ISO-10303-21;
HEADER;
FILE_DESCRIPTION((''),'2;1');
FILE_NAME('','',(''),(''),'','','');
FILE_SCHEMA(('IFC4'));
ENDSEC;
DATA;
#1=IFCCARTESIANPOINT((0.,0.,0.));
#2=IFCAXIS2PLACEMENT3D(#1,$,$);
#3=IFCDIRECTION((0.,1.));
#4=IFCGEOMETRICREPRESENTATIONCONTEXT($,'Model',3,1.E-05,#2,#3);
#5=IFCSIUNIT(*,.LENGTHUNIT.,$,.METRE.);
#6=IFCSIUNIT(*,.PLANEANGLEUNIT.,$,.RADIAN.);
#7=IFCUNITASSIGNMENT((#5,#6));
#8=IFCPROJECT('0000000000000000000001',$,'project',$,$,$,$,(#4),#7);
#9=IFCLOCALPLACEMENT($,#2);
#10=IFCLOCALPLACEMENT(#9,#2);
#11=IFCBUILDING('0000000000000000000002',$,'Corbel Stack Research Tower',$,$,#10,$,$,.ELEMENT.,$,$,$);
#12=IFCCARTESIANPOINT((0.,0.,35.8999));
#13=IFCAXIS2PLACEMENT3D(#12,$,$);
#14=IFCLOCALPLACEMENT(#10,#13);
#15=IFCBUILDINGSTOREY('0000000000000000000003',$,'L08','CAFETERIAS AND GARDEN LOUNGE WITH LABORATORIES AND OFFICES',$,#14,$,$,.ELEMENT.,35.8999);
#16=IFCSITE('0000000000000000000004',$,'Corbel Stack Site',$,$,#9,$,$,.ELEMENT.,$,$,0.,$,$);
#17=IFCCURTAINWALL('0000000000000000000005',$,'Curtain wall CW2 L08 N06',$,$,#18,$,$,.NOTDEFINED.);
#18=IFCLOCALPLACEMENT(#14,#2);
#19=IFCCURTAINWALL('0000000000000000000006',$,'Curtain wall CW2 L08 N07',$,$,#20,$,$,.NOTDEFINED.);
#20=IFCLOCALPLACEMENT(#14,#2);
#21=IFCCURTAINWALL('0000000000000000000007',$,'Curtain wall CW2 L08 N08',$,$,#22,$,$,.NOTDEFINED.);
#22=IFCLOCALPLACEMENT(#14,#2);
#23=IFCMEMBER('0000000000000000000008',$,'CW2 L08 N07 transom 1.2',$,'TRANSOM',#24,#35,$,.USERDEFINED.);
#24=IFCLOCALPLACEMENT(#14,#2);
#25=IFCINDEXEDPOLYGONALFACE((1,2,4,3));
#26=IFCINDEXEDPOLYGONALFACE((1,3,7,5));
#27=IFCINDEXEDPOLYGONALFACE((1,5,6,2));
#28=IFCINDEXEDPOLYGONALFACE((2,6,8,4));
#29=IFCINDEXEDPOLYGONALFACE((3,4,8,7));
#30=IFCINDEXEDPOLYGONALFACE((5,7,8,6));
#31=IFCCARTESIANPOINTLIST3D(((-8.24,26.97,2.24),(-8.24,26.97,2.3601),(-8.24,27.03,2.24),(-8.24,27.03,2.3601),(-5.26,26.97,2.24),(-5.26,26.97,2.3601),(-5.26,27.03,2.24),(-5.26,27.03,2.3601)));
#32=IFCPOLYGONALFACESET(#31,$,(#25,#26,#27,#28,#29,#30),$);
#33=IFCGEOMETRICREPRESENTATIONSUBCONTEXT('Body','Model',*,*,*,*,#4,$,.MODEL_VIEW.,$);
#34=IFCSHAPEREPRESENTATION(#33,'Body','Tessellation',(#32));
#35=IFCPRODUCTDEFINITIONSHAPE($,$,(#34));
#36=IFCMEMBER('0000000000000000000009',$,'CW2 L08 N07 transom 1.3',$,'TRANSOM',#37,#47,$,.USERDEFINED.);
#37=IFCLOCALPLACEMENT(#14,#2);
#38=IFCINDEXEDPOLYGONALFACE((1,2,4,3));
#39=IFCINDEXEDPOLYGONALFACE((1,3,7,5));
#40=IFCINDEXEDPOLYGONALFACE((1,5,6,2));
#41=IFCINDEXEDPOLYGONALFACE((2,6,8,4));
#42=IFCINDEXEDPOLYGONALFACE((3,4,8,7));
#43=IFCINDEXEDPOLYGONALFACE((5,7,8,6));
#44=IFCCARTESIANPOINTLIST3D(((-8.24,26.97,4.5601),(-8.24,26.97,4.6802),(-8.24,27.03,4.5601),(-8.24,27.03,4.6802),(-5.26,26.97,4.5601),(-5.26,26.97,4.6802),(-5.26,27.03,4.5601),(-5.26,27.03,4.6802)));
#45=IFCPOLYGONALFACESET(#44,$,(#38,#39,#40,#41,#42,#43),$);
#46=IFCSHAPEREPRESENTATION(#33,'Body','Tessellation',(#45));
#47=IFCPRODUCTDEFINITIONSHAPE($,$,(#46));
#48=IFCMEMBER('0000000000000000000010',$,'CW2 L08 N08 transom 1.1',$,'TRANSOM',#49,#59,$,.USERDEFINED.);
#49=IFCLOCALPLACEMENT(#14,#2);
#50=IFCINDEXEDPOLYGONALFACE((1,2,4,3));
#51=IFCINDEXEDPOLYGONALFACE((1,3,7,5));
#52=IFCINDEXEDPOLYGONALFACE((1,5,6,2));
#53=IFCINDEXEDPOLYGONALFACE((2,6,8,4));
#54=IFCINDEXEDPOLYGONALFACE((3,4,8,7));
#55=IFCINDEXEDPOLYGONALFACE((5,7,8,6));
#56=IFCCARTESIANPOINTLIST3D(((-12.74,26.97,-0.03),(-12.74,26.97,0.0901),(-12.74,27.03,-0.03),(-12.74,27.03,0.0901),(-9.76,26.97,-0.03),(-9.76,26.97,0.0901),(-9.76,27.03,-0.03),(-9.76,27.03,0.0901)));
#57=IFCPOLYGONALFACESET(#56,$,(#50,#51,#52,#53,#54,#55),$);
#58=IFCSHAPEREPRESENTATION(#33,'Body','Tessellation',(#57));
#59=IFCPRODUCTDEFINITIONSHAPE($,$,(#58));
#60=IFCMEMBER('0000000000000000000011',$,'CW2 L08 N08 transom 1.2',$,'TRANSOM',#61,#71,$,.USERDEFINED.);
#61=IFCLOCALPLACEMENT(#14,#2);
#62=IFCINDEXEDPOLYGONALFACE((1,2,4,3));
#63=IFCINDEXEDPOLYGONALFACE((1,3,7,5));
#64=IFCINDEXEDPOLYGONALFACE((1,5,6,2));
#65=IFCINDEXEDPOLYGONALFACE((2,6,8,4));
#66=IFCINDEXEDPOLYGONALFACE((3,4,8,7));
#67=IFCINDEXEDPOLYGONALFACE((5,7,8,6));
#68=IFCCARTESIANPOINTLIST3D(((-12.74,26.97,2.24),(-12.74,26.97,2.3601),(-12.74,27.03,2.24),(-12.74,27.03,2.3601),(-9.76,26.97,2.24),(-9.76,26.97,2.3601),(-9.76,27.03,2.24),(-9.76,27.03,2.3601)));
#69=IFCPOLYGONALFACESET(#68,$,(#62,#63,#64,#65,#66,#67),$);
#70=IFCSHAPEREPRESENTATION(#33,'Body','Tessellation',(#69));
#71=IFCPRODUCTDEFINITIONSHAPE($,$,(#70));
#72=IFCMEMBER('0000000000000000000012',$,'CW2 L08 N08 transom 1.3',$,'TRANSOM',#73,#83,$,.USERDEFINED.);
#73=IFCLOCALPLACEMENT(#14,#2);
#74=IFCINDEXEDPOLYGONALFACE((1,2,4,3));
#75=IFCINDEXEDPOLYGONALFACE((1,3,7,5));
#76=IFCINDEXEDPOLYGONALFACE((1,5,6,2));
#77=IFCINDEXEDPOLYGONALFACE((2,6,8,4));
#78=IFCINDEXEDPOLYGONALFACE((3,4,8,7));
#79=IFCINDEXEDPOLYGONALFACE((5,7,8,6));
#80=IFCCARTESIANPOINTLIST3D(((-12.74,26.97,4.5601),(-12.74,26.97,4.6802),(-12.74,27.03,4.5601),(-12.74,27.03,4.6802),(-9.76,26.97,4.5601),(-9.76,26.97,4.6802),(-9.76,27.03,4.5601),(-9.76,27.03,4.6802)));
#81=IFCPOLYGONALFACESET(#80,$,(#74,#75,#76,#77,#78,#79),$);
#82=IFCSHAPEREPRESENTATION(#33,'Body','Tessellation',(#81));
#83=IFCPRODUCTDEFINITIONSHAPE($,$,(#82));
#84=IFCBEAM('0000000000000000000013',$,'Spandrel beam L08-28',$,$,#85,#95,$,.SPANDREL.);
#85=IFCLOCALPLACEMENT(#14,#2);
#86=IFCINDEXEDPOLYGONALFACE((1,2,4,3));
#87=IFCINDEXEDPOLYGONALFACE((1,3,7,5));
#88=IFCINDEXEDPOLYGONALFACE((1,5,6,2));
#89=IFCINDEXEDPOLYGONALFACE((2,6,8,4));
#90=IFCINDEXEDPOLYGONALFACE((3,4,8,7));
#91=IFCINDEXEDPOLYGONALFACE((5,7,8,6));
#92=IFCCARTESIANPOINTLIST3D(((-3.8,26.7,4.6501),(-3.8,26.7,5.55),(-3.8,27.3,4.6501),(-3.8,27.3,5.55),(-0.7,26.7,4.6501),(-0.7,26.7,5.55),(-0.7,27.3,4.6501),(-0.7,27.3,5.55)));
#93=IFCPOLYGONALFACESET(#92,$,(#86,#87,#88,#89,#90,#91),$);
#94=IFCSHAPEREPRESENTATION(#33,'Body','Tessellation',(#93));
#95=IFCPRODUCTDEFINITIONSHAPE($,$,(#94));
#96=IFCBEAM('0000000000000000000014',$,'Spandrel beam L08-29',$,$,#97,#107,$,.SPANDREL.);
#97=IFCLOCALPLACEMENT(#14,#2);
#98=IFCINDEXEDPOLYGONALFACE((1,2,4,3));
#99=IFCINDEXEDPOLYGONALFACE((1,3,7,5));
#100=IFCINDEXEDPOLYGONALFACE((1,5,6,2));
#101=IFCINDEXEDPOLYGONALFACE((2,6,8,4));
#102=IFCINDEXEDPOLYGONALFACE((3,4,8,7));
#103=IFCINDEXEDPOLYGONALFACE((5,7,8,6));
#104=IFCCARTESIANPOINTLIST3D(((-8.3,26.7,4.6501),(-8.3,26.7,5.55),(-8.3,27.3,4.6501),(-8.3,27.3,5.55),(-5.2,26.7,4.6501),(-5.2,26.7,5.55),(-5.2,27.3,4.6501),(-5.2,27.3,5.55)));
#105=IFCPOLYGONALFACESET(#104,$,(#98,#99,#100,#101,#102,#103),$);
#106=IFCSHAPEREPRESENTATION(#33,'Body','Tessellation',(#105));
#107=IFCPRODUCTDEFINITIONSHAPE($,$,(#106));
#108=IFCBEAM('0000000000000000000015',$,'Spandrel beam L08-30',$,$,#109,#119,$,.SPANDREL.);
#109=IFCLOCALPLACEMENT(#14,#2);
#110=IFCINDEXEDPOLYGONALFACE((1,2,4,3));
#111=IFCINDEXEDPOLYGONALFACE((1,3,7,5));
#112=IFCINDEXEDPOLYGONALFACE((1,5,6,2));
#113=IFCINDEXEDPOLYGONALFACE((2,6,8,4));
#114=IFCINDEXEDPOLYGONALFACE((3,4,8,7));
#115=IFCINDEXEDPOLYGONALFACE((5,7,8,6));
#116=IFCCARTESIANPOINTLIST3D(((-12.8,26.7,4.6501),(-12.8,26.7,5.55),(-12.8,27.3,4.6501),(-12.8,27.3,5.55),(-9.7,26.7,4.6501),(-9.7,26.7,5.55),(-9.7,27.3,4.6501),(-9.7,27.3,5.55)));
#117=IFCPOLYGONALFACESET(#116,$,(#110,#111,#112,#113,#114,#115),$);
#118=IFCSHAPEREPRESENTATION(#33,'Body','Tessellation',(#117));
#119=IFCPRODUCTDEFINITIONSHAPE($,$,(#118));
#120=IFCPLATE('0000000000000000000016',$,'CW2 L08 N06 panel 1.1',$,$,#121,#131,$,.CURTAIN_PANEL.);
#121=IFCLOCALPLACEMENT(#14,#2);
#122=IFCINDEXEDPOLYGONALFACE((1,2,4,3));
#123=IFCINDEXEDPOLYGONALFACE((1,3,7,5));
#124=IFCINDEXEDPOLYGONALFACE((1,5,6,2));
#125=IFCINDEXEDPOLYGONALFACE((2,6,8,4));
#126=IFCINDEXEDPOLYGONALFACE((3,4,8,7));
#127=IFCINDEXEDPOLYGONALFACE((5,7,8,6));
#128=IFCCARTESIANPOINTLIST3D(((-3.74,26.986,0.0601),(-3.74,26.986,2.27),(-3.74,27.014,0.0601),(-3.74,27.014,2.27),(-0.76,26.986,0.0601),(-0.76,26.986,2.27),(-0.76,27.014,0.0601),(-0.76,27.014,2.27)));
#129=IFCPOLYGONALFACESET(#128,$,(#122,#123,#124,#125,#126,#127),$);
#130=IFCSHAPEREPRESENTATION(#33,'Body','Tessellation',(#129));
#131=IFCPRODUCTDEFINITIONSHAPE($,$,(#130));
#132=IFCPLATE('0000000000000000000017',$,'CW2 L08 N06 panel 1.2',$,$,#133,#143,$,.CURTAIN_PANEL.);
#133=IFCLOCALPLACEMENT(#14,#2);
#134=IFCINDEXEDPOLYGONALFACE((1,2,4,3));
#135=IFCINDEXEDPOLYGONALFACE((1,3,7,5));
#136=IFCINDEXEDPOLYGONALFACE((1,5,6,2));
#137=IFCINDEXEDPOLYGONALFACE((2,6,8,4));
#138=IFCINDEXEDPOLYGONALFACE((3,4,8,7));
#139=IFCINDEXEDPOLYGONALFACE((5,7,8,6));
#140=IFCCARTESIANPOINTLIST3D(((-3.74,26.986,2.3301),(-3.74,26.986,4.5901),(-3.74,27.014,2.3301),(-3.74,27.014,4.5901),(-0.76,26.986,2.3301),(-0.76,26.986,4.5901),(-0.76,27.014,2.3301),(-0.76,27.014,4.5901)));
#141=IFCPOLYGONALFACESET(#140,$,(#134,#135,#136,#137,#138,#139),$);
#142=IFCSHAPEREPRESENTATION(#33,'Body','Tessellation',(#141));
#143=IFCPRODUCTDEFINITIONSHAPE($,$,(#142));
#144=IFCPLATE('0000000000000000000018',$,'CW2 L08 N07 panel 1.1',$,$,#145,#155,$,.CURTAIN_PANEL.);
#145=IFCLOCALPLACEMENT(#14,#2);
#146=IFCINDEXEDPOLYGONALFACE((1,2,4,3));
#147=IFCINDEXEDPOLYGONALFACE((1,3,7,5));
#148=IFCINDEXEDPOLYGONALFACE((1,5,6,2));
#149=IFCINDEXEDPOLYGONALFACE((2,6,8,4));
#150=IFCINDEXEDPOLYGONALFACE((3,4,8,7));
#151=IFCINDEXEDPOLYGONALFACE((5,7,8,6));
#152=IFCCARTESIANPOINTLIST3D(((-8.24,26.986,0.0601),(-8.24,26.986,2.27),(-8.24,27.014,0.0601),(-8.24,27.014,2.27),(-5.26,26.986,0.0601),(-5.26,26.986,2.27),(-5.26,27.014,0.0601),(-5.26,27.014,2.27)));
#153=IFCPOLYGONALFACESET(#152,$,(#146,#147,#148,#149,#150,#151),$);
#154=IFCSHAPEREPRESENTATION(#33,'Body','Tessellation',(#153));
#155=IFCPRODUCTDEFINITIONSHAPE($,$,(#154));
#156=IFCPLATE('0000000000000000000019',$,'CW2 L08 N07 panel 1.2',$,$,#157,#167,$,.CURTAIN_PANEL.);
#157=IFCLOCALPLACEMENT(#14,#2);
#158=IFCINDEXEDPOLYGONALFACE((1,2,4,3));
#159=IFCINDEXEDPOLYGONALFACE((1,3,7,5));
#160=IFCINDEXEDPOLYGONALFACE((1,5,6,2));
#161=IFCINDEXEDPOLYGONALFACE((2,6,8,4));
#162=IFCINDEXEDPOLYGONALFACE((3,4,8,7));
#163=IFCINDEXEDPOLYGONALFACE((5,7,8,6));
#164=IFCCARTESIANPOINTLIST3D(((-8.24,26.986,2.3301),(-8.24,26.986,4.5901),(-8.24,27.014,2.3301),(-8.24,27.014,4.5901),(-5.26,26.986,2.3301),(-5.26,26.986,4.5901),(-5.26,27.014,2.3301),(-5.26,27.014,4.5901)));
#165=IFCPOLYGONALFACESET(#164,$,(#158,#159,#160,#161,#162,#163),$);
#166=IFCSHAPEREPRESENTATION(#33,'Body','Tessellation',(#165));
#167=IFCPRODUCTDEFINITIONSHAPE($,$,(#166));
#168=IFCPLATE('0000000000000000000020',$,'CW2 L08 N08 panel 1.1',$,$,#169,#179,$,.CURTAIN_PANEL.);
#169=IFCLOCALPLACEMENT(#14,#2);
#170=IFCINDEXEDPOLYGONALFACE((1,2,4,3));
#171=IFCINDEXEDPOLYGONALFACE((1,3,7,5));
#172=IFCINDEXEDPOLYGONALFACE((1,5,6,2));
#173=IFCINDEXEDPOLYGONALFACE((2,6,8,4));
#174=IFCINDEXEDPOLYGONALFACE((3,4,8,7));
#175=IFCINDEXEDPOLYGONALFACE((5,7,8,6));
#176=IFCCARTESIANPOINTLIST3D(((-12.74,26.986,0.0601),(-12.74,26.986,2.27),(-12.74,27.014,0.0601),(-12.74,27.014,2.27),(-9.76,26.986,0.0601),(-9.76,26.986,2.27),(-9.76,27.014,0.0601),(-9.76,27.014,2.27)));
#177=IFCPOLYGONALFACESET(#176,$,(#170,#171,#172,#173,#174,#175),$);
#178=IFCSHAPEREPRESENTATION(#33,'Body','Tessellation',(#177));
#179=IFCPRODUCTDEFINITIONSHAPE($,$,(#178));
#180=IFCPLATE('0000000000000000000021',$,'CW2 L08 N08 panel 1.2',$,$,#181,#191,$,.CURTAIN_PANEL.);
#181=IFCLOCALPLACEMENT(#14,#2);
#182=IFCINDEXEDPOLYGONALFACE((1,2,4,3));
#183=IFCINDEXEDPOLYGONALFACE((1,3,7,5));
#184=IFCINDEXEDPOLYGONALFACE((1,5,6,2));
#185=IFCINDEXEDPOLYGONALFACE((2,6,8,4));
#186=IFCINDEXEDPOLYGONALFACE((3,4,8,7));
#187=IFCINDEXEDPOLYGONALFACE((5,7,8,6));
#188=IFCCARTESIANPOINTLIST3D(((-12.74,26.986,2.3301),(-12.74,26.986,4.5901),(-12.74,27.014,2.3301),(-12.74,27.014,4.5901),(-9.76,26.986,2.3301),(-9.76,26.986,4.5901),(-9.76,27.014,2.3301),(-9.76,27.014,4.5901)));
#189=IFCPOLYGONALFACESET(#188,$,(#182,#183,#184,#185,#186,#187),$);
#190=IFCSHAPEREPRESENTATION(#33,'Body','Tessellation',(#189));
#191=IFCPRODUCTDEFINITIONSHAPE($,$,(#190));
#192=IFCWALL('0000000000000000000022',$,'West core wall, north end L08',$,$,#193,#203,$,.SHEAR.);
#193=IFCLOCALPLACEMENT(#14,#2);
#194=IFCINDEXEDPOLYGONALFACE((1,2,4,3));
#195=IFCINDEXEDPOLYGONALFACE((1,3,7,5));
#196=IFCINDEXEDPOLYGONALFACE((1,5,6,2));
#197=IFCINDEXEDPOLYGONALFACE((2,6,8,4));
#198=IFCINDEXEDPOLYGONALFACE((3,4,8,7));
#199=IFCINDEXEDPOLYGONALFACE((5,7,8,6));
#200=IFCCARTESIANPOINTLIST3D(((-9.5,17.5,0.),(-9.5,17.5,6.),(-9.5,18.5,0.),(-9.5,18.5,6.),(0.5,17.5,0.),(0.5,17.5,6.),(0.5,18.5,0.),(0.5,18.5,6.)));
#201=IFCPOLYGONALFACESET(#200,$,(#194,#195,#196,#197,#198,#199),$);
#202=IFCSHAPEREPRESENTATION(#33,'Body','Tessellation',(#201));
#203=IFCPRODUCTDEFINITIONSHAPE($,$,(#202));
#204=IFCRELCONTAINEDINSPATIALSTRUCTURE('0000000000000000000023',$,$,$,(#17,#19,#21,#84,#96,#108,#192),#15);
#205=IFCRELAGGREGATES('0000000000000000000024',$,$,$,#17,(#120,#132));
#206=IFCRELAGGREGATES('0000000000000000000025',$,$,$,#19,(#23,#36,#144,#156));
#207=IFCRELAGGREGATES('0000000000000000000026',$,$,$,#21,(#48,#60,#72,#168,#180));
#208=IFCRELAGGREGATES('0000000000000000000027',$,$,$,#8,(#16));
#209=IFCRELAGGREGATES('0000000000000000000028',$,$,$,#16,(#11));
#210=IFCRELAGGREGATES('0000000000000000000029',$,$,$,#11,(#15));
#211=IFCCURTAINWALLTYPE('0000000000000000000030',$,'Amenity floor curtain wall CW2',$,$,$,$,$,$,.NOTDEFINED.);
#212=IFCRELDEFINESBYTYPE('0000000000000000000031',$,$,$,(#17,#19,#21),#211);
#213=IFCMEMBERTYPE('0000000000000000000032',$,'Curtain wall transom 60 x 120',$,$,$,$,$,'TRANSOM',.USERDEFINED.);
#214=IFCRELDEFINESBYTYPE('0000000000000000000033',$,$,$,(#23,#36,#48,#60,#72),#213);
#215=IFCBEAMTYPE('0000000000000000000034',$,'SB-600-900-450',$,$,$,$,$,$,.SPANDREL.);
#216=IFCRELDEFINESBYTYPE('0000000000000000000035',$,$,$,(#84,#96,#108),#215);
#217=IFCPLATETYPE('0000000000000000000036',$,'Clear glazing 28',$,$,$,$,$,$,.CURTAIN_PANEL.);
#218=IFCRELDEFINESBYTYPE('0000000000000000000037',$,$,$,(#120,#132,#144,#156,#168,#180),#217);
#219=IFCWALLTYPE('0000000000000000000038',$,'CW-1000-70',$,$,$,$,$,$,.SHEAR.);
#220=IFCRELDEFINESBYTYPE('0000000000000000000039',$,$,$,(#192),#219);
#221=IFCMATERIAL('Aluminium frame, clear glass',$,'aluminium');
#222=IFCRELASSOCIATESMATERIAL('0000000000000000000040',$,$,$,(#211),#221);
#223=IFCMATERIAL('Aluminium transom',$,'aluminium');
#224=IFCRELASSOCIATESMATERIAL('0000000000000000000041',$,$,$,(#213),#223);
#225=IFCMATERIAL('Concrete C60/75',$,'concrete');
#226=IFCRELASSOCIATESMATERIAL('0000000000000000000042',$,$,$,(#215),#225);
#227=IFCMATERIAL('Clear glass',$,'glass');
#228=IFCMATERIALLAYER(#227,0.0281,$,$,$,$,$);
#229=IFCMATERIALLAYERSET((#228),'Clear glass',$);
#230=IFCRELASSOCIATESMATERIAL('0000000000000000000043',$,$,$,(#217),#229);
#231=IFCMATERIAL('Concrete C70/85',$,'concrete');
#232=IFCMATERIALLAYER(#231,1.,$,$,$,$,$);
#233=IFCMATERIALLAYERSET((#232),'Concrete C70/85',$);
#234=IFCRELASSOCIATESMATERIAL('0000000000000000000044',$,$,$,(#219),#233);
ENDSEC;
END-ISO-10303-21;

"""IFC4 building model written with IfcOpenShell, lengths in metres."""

from ifc_helpers import new_model, si_unit, direction, frame, frame_2d, origin, origin_2d, place, context, subcontext, project, spatial, rectangle, extrude, material, layer, layer_set, material_profile, profile_set, type_object, element, aggregate, save


model = new_model("IFC4")

# Units and contexts
model_context = context("Model", 3, precision=1e-05, world=origin(), true_north=direction((0.0, 1.0)))
body_context = subcontext(model_context, "Body", "Model", "MODEL_VIEW")
ifc_project = project(units=[si_unit("LENGTHUNIT", "METRE"), si_unit("PLANEANGLEUNIT", "RADIAN")], contexts=[model_context])

# Site, building, storey
site_placement = place(None, origin())
site = spatial("IfcSite", under=ifc_project, at=site_placement, Name="Corbel Stack Site", CompositionType="ELEMENT", RefElevation=0.0)
building_placement = place(site_placement, origin())
building = spatial("IfcBuilding", under=site, at=building_placement, Name="Corbel Stack Research Tower", CompositionType="ELEMENT")
storey_placement = place(building_placement, frame((0.0, 0.0, 35.8999)))
storey = spatial("IfcBuildingStorey", under=building, at=storey_placement, Name="L08", Description="CAFETERIAS AND GARDEN LOUNGE WITH LABORATORIES AND OFFICES", CompositionType="ELEMENT", Elevation=35.8999)

# Curtain walls
ifc_material_1 = material(Name="Aluminium frame, clear glass", Category="aluminium")
curtain_wall_type = type_object("IfcCurtainWallType", Name="Amenity floor curtain wall CW2", PredefinedType="NOTDEFINED", material=ifc_material_1)
curtain_wall_1_placement = place(storey_placement, origin())
curtain_wall_1 = element("IfcCurtainWall", 1, at=curtain_wall_1_placement, inside=storey, type_object=curtain_wall_type, Name="Curtain wall CW2 L08 N06", PredefinedType="NOTDEFINED")
curtain_wall_2_placement = place(storey_placement, origin())
curtain_wall_2 = element("IfcCurtainWall", 2, at=curtain_wall_2_placement, inside=storey, type_object=curtain_wall_type, Name="Curtain wall CW2 L08 N07", PredefinedType="NOTDEFINED")
curtain_wall_3_placement = place(storey_placement, origin())
curtain_wall_3 = element("IfcCurtainWall", 3, at=curtain_wall_3_placement, inside=storey, type_object=curtain_wall_type, Name="Curtain wall CW2 L08 N08", PredefinedType="NOTDEFINED")

# Members
ifc_material_2 = material(Name="Aluminium transom", Category="aluminium")
ifc_material_profile_1 = material_profile(ifc_material_2, rectangle(XDim=0.0601, YDim=0.1201, at=origin_2d()), Name="Transom 60 x 120")
ifc_profile_set_1 = profile_set([ifc_material_profile_1], Name="Aluminium transom")
member_type_1 = type_object("IfcMemberType", Name="Curtain wall transom 60 x 120", ElementType="TRANSOM", PredefinedType="USERDEFINED", material=ifc_profile_set_1)
member_1_placement = place(storey_placement, frame((-5.26, 27.0, 2.3), z_axis=(-1.0, 0.0, 0.0), x_axis=(0.0, -1.0, 0.0)))
member_1 = element("IfcMember", 4, at=member_1_placement, type_object=member_type_1, Name="CW2 L08 N07 transom 1.2", ObjectType="TRANSOM", PredefinedType="USERDEFINED", context=body_context, shape_type="SweptSolid", body=[
    extrude(rectangle(XDim=0.0601, YDim=0.1201, at=origin_2d()), origin(), (0.0, 0.0, 1.0), 2.98),
])
member_2_placement = place(storey_placement, frame((-5.26, 27.0, 4.6201), z_axis=(-1.0, 0.0, 0.0), x_axis=(0.0, -1.0, 0.0)))
member_2 = element("IfcMember", 5, at=member_2_placement, type_object=member_type_1, Name="CW2 L08 N07 transom 1.3", ObjectType="TRANSOM", PredefinedType="USERDEFINED", context=body_context, shape_type="SweptSolid", body=[
    extrude(rectangle(XDim=0.0601, YDim=0.1201, at=origin_2d()), origin(), (0.0, 0.0, 1.0), 2.98),
])
member_3_placement = place(storey_placement, frame((-9.76, 27.0, 0.03), z_axis=(-1.0, 0.0, 0.0), x_axis=(0.0, -1.0, 0.0)))
member_3 = element("IfcMember", 6, at=member_3_placement, type_object=member_type_1, Name="CW2 L08 N08 transom 1.1", ObjectType="TRANSOM", PredefinedType="USERDEFINED", context=body_context, shape_type="SweptSolid", body=[
    extrude(rectangle(XDim=0.0601, YDim=0.1201, at=origin_2d()), origin(), (0.0, 0.0, 1.0), 2.98),
])
member_4_placement = place(storey_placement, frame((-9.76, 27.0, 2.3), z_axis=(-1.0, 0.0, 0.0), x_axis=(0.0, -1.0, 0.0)))
member_4 = element("IfcMember", 7, at=member_4_placement, type_object=member_type_1, Name="CW2 L08 N08 transom 1.2", ObjectType="TRANSOM", PredefinedType="USERDEFINED", context=body_context, shape_type="SweptSolid", body=[
    extrude(rectangle(XDim=0.0601, YDim=0.1201, at=origin_2d()), origin(), (0.0, 0.0, 1.0), 2.98),
])
member_5_placement = place(storey_placement, frame((-9.76, 27.0, 4.6201), z_axis=(-1.0, 0.0, 0.0), x_axis=(0.0, -1.0, 0.0)))
member_5 = element("IfcMember", 8, at=member_5_placement, type_object=member_type_1, Name="CW2 L08 N08 transom 1.3", ObjectType="TRANSOM", PredefinedType="USERDEFINED", context=body_context, shape_type="SweptSolid", body=[
    extrude(rectangle(XDim=0.0601, YDim=0.1201, at=origin_2d()), origin(), (0.0, 0.0, 1.0), 2.98),
])

# Beams
ifc_material_3 = material(Name="Concrete C60/75", Category="concrete")
ifc_material_profile_2 = material_profile(ifc_material_3, rectangle(XDim=0.6001, YDim=0.8999, at=origin_2d()), Name="RC 600 x 900")
ifc_profile_set_2 = profile_set([ifc_material_profile_2], Name="Concrete C60/75")
beam_type = type_object("IfcBeamType", Name="SB-600-900-450", PredefinedType="SPANDREL", material=ifc_profile_set_2)
for number, where, z_axis, x_axis, name in (
    (9, (-0.7, 27.0, 5.1001), (-1.0, 0.0, 0.0), (0.0, -1.0, 0.0), "Spandrel beam L08-28"),
    (10, (-5.2, 27.0, 5.1001), (-1.0, 0.0, 0.0), (0.0, -1.0, 0.0), "Spandrel beam L08-29"),
    (11, (-9.7, 27.0, 5.1001), (-1.0, 0.0, 0.0), (0.0, -1.0, 0.0), "Spandrel beam L08-30"),
):
    element("IfcBeam", number, at=place(storey_placement, frame(where, z_axis=z_axis, x_axis=x_axis)), inside=storey, type_object=beam_type, Name=name, PredefinedType="SPANDREL", context=body_context, shape_type="SweptSolid", body=[
        extrude(rectangle(XDim=0.6001, YDim=0.8999, at=origin_2d()), origin(), (0.0, 0.0, 1.0), 3.1001),
    ])

# Plates
ifc_material_4 = material(Name="Clear glass", Category="glass")
ifc_layer_1 = layer(ifc_material_4, 0.0281)
ifc_layer_set_1 = layer_set([ifc_layer_1], Name="Clear glass")
plate_type = type_object("IfcPlateType", Name="Clear glazing 28", PredefinedType="CURTAIN_PANEL", material=ifc_layer_set_1)
plate_1_placement = place(storey_placement, frame((-2.25, 27.0, 0.0601), z_axis=(0.0, 0.0, 1.0), x_axis=(-1.0, 0.0, 0.0)))
plate_1 = element("IfcPlate", 12, at=plate_1_placement, type_object=plate_type, Name="CW2 L08 N06 panel 1.1", PredefinedType="CURTAIN_PANEL", context=body_context, shape_type="SweptSolid", body=[
    extrude(rectangle(XDim=2.98, YDim=0.0281, at=origin_2d()), origin(), (0.0, 0.0, 1.0), 2.21),
])
plate_2_placement = place(storey_placement, frame((-2.25, 27.0, 2.3301), z_axis=(0.0, 0.0, 1.0), x_axis=(-1.0, 0.0, 0.0)))
plate_2 = element("IfcPlate", 13, at=plate_2_placement, type_object=plate_type, Name="CW2 L08 N06 panel 1.2", PredefinedType="CURTAIN_PANEL", context=body_context, shape_type="SweptSolid", body=[
    extrude(rectangle(XDim=2.98, YDim=0.0281, at=origin_2d()), origin(), (0.0, 0.0, 1.0), 2.26),
])
aggregate(curtain_wall_1, [plate_1, plate_2])
plate_3_placement = place(storey_placement, frame((-6.75, 27.0, 0.0601), z_axis=(0.0, 0.0, 1.0), x_axis=(-1.0, 0.0, 0.0)))
plate_3 = element("IfcPlate", 14, at=plate_3_placement, type_object=plate_type, Name="CW2 L08 N07 panel 1.1", PredefinedType="CURTAIN_PANEL", context=body_context, shape_type="SweptSolid", body=[
    extrude(rectangle(XDim=2.98, YDim=0.0281, at=origin_2d()), origin(), (0.0, 0.0, 1.0), 2.21),
])
plate_4_placement = place(storey_placement, frame((-6.75, 27.0, 2.3301), z_axis=(0.0, 0.0, 1.0), x_axis=(-1.0, 0.0, 0.0)))
plate_4 = element("IfcPlate", 15, at=plate_4_placement, type_object=plate_type, Name="CW2 L08 N07 panel 1.2", PredefinedType="CURTAIN_PANEL", context=body_context, shape_type="SweptSolid", body=[
    extrude(rectangle(XDim=2.98, YDim=0.0281, at=origin_2d()), origin(), (0.0, 0.0, 1.0), 2.26),
])
aggregate(curtain_wall_2, [member_1, member_2, plate_3, plate_4])
plate_5_placement = place(storey_placement, frame((-11.25, 27.0, 0.0601), z_axis=(0.0, 0.0, 1.0), x_axis=(-1.0, 0.0, 0.0)))
plate_5 = element("IfcPlate", 16, at=plate_5_placement, type_object=plate_type, Name="CW2 L08 N08 panel 1.1", PredefinedType="CURTAIN_PANEL", context=body_context, shape_type="SweptSolid", body=[
    extrude(rectangle(XDim=2.98, YDim=0.0281, at=origin_2d()), origin(), (0.0, 0.0, 1.0), 2.21),
])
plate_6_placement = place(storey_placement, frame((-11.25, 27.0, 2.3301), z_axis=(0.0, 0.0, 1.0), x_axis=(-1.0, 0.0, 0.0)))
plate_6 = element("IfcPlate", 17, at=plate_6_placement, type_object=plate_type, Name="CW2 L08 N08 panel 1.2", PredefinedType="CURTAIN_PANEL", context=body_context, shape_type="SweptSolid", body=[
    extrude(rectangle(XDim=2.98, YDim=0.0281, at=origin_2d()), origin(), (0.0, 0.0, 1.0), 2.26),
])
aggregate(curtain_wall_3, [member_3, member_4, member_5, plate_5, plate_6])

# Wall
ifc_material_5 = material(Name="Concrete C70/85", Category="concrete")
ifc_layer_2 = layer(ifc_material_5, 1.0)
ifc_layer_set_2 = layer_set([ifc_layer_2], Name="Concrete C70/85")
wall_type_1 = type_object("IfcWallType", Name="CW-1000-70", PredefinedType="SHEAR", material=ifc_layer_set_2)
wall_1_placement = place(storey_placement, frame((-9.5, 18.0, 0.0), z_axis=(0.0, 0.0, 1.0), x_axis=(1.0, 0.0, 0.0)))
element("IfcWall", 18, at=wall_1_placement, inside=storey, type_object=wall_type_1, Name="West core wall, north end L08", PredefinedType="SHEAR", context=body_context, shape_type="SweptSolid", body=[
    extrude(rectangle(XDim=10.0, YDim=1.0, at=frame_2d((5.0, 0.0))), origin(), (0.0, 0.0, 1.0), 6.0),
])

save(model, "model.ifc")
